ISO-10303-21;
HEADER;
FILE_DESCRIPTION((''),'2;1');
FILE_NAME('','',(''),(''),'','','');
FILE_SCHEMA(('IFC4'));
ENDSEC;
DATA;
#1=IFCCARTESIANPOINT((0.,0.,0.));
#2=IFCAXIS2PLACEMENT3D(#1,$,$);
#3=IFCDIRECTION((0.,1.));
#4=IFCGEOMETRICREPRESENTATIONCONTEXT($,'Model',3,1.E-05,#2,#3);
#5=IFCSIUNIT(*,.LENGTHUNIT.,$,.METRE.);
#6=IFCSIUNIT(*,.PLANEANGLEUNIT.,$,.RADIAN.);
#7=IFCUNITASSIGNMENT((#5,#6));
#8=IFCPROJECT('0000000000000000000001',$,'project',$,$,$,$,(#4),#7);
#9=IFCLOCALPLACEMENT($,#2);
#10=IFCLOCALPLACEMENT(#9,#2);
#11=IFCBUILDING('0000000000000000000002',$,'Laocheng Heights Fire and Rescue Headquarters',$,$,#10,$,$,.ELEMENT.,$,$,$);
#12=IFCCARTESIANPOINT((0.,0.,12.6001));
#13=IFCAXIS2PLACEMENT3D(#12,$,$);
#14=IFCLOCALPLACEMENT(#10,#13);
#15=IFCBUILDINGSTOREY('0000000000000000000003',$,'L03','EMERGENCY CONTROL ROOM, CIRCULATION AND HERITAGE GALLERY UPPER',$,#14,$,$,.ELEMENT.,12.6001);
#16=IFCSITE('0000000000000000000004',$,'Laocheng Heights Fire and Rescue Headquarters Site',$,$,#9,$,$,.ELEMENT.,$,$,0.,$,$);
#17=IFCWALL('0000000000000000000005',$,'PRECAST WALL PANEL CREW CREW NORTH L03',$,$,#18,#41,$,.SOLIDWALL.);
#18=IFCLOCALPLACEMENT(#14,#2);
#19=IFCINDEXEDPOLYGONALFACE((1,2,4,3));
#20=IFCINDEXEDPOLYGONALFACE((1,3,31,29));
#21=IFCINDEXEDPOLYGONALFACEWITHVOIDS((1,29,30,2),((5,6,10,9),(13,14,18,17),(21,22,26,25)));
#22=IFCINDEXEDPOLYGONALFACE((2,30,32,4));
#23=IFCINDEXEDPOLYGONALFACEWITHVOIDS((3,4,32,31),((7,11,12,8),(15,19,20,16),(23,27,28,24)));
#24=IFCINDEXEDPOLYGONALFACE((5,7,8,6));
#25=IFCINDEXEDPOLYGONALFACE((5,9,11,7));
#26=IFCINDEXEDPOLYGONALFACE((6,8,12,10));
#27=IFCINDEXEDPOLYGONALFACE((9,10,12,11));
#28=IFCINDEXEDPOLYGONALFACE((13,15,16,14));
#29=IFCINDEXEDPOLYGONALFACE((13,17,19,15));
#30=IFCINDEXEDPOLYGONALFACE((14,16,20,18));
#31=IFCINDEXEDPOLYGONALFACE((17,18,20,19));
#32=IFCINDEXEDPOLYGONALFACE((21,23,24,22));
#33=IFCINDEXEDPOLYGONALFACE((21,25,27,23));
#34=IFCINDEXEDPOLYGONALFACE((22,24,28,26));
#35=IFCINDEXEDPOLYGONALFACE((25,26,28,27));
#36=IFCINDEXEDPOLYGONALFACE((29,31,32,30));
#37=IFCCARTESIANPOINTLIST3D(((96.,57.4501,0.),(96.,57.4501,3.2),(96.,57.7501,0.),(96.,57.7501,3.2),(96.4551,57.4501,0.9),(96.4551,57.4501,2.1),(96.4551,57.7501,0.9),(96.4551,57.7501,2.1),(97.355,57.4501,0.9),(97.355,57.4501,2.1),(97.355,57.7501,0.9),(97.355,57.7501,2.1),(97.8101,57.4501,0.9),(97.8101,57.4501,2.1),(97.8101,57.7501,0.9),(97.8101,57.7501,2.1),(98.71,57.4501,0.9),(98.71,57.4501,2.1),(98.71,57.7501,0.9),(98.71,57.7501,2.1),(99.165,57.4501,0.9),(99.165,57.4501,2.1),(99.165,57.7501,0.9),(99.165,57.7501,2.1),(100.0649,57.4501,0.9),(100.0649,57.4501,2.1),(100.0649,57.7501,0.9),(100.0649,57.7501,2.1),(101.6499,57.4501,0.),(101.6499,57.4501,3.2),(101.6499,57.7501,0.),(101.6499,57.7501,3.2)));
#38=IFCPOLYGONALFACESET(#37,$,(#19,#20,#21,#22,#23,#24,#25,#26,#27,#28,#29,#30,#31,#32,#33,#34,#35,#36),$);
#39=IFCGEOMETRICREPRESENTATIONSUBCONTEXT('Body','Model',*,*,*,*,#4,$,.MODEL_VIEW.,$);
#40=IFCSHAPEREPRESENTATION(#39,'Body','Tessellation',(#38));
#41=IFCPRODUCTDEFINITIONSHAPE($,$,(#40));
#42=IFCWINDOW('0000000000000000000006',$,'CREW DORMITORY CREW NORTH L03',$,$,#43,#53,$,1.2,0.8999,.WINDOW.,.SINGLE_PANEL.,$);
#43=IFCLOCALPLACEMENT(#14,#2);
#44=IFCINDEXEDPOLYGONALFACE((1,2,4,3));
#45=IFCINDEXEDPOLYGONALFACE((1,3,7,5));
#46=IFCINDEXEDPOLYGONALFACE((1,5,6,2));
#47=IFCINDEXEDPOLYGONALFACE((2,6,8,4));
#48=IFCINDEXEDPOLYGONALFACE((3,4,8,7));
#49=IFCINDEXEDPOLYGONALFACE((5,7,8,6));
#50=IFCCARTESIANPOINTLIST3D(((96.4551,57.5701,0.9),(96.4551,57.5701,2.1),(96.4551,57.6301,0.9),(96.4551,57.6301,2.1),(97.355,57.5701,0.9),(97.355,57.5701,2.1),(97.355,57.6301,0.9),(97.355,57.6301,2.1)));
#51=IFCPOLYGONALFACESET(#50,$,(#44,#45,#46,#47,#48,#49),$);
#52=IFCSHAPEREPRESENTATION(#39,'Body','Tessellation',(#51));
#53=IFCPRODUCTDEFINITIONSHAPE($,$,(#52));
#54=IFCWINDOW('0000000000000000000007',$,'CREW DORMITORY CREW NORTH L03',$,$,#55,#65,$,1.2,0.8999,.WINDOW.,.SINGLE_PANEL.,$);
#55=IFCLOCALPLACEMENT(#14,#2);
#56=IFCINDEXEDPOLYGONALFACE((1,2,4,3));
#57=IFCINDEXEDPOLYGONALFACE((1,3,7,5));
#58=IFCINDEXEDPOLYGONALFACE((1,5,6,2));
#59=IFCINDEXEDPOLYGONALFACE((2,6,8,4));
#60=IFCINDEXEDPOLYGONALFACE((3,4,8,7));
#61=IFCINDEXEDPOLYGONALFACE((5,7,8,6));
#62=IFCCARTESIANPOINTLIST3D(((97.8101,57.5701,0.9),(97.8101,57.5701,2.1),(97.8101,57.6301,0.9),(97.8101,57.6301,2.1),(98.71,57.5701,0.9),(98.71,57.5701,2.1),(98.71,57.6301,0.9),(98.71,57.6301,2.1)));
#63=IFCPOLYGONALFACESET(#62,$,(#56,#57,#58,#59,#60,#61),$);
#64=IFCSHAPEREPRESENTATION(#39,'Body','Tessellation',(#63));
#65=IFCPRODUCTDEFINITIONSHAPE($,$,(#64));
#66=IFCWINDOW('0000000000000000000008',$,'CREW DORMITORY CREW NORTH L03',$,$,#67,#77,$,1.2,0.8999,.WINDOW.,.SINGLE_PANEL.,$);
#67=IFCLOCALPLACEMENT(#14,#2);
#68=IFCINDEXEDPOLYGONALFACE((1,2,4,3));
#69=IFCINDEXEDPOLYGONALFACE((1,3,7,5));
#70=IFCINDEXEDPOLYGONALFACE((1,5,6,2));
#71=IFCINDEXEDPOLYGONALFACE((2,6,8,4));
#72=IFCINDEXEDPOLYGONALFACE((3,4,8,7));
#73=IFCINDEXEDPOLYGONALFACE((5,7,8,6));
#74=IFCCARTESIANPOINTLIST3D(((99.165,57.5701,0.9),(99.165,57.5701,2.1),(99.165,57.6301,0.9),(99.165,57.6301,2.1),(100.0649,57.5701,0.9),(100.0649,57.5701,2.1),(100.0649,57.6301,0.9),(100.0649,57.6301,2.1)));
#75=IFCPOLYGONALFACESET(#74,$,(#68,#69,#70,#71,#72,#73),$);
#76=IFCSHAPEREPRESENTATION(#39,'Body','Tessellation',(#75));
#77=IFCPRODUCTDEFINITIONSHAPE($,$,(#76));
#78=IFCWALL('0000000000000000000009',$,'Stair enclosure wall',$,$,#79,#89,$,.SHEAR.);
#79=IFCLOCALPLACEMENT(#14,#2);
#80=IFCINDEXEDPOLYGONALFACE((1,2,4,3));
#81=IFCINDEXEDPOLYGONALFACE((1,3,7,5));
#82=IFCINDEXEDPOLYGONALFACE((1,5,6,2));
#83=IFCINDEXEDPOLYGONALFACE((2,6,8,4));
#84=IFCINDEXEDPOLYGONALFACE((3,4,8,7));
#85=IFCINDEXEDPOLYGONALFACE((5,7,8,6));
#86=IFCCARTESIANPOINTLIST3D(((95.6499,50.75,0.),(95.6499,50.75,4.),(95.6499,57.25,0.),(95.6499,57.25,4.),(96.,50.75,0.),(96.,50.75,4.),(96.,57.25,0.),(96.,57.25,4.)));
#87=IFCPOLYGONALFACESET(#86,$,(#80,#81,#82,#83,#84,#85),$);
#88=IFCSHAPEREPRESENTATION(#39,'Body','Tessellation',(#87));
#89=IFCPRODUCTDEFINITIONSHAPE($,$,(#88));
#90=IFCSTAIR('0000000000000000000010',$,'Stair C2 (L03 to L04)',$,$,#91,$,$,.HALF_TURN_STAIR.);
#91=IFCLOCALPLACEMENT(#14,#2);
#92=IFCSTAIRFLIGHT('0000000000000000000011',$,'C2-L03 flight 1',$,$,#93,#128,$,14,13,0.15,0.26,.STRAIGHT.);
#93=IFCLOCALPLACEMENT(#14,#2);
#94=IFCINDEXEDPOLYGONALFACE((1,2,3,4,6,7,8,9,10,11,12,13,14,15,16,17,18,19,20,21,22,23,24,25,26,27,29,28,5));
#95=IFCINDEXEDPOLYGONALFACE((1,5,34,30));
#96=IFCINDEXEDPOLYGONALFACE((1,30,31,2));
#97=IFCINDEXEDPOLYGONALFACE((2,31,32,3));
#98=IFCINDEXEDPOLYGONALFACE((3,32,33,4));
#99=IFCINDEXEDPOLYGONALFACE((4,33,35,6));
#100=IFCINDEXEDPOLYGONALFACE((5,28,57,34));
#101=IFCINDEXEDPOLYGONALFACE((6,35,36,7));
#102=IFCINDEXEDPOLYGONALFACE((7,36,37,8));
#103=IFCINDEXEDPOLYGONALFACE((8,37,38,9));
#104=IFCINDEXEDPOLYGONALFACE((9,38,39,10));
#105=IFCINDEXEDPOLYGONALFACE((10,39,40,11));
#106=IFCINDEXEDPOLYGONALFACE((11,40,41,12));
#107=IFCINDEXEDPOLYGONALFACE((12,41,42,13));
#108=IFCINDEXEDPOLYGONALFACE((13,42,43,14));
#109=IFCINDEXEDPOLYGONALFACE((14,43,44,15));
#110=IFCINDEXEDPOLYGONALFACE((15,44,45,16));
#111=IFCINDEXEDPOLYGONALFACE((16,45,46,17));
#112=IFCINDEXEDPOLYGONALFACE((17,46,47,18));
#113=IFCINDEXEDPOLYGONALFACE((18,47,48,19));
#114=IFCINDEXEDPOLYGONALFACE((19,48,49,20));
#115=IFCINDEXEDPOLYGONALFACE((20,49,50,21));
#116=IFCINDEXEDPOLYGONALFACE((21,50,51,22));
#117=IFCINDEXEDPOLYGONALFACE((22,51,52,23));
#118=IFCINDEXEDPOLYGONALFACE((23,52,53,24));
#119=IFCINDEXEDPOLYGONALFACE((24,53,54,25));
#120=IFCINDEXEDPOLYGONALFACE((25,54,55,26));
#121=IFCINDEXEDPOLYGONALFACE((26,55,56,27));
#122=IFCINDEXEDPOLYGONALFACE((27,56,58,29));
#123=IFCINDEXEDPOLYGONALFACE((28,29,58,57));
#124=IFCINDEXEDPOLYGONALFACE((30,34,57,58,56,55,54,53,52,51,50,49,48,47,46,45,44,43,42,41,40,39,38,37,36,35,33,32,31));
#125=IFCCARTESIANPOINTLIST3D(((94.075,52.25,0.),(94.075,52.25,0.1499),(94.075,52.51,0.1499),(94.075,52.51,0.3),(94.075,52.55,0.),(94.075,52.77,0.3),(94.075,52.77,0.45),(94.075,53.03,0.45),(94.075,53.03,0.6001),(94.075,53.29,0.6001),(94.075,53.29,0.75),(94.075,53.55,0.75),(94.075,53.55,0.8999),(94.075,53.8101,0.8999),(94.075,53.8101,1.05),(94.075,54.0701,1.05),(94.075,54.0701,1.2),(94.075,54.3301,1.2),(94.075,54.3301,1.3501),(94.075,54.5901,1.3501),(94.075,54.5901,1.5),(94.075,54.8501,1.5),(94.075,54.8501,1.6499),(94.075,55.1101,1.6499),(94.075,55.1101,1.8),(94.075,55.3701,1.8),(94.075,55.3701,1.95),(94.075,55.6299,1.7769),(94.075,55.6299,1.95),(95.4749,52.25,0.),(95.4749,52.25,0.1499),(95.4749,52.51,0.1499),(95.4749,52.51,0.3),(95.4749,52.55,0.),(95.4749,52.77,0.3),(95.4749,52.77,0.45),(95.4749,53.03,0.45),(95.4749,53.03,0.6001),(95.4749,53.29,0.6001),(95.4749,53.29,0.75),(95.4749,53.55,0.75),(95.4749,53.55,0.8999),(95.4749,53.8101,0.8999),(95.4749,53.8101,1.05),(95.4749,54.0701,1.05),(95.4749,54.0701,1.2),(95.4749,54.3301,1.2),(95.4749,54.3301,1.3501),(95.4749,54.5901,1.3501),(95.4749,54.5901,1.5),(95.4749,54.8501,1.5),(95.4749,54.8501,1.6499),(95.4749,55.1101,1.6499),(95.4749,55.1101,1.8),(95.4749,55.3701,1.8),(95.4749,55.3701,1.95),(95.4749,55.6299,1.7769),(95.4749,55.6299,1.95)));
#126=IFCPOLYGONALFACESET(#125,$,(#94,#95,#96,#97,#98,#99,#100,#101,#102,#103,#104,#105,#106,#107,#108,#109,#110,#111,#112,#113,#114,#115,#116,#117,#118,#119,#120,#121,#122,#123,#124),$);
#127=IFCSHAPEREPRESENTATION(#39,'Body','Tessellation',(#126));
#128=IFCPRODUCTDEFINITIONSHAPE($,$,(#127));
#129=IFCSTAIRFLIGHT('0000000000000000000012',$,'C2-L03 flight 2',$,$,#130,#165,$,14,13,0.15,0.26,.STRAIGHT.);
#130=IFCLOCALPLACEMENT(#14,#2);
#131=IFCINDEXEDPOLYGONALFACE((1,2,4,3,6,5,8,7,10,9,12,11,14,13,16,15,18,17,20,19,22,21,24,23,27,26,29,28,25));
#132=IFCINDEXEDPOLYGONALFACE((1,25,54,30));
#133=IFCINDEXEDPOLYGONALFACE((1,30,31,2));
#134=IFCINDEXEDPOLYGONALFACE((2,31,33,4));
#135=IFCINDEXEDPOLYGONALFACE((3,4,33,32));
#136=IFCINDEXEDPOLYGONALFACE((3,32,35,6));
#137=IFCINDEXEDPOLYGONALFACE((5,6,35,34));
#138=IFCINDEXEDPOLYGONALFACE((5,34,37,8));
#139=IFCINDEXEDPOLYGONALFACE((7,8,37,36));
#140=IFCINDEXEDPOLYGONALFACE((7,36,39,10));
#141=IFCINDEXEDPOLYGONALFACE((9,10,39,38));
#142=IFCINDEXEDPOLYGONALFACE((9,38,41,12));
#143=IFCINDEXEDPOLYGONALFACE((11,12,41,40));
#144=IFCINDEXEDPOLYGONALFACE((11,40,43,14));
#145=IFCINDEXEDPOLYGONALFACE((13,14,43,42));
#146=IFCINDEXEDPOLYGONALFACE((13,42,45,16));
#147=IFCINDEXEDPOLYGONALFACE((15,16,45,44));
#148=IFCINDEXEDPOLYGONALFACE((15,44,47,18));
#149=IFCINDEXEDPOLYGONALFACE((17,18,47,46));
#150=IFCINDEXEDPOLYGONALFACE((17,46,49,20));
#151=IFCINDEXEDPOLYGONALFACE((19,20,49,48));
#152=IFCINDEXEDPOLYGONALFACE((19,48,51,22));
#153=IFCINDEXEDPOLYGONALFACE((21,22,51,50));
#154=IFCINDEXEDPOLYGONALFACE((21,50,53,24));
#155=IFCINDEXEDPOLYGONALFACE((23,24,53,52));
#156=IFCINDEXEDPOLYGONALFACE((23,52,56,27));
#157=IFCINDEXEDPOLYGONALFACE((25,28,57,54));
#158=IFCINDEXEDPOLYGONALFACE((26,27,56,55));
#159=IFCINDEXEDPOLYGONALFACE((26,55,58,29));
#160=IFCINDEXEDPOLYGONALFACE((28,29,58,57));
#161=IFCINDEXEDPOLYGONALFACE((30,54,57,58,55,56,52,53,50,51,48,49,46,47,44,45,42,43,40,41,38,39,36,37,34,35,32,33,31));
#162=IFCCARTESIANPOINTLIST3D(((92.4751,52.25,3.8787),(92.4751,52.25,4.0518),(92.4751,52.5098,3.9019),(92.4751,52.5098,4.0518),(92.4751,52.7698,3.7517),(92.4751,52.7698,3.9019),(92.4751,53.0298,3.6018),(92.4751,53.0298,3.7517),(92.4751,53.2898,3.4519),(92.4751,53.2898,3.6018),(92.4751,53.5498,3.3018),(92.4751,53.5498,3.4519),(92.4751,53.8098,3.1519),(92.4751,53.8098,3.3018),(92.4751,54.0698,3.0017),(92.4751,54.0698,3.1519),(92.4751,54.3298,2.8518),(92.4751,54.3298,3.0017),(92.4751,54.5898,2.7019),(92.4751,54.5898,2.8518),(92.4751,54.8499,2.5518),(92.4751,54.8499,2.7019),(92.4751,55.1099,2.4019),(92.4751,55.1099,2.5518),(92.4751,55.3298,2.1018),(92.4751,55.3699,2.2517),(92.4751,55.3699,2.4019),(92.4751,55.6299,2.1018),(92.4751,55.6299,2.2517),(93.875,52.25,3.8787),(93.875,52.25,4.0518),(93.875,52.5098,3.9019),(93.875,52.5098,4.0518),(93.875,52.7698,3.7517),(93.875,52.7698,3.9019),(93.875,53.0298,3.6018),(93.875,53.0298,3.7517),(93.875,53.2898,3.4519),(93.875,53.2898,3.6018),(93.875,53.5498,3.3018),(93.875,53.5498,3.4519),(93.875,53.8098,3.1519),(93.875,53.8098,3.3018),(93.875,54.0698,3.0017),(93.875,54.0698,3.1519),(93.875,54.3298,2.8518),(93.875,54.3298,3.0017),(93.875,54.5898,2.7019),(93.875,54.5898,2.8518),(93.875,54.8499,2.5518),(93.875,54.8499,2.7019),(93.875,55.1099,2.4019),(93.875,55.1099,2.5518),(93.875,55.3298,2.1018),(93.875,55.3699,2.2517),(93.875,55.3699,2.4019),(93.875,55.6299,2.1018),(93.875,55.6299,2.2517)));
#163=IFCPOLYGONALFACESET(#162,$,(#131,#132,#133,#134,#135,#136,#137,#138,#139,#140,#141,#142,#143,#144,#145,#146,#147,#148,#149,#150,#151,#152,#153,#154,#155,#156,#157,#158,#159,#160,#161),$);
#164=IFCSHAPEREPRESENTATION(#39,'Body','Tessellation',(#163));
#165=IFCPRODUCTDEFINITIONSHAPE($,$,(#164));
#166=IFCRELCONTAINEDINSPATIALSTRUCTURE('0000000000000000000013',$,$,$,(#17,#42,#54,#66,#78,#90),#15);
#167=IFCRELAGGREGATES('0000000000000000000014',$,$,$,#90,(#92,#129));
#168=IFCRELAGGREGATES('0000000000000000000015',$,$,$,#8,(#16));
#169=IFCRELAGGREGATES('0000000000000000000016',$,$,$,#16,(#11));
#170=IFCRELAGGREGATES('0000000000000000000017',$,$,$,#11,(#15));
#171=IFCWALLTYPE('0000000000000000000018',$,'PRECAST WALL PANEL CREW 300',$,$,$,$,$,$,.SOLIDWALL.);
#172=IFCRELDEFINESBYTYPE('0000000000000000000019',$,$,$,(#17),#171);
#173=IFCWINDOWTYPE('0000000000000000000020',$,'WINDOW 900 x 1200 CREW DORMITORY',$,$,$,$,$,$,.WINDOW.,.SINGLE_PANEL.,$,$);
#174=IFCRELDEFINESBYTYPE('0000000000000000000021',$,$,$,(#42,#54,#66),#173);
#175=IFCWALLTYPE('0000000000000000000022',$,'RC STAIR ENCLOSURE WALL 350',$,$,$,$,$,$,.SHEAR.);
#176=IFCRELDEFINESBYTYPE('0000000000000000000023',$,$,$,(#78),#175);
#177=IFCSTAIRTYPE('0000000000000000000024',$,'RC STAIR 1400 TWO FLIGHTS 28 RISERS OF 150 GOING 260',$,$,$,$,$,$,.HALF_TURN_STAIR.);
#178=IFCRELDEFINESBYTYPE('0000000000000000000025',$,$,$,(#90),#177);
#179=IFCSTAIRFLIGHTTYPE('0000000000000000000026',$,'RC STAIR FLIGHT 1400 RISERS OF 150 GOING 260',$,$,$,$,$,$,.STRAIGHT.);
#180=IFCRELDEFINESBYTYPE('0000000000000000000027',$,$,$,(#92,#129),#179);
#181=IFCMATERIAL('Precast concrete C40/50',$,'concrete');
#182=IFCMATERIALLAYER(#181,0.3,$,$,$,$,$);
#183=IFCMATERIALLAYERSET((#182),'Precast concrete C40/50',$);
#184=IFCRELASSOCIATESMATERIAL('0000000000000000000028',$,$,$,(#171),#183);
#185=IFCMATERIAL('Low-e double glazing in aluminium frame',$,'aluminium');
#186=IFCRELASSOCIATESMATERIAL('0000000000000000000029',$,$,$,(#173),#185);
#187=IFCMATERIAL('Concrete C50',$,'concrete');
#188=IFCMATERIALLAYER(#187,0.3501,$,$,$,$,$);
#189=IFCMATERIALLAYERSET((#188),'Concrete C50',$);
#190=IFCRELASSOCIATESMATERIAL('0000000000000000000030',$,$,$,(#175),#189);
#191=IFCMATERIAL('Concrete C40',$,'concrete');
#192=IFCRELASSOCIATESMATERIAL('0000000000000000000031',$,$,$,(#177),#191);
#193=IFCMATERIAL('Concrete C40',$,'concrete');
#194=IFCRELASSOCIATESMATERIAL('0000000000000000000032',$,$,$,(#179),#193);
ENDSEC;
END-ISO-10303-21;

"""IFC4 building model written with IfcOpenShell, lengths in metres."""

from ifc_helpers import new_model, si_unit, direction, frame, frame_2d, origin, place, context, subcontext, project, spatial, polyline, rectangle, outline, extrude, material, layer, layer_set, type_object, element, fill, aggregate, save


model = new_model("IFC4")

# Units and contexts
model_context = context("Model", 3, precision=1e-05, world=origin(), true_north=direction((0.0, 1.0)))
body_context = subcontext(model_context, "Body", "Model", "MODEL_VIEW")
ifc_project = project(units=[si_unit("LENGTHUNIT", "METRE"), si_unit("PLANEANGLEUNIT", "RADIAN")], contexts=[model_context])

# Site, building, storey
site_placement = place(None, origin())
site = spatial("IfcSite", under=ifc_project, at=site_placement, Name="Laocheng Heights Fire and Rescue Headquarters Site", CompositionType="ELEMENT", RefElevation=0.0)
building_placement = place(site_placement, origin())
building = spatial("IfcBuilding", under=site, at=building_placement, Name="Laocheng Heights Fire and Rescue Headquarters", CompositionType="ELEMENT")
storey_placement = place(building_placement, frame((0.0, 0.0, 12.6001)))
storey = spatial("IfcBuildingStorey", under=building, at=storey_placement, Name="L03", Description="EMERGENCY CONTROL ROOM, CIRCULATION AND HERITAGE GALLERY UPPER", CompositionType="ELEMENT", Elevation=12.6001)

# Wall, openings, windows
ifc_material_1 = material(Name="Precast concrete C40/50", Category="concrete")
ifc_layer_1 = layer(ifc_material_1, 0.3)
ifc_layer_set_1 = layer_set([ifc_layer_1], Name="Precast concrete C40/50")
wall_type_1 = type_object("IfcWallType", Name="PRECAST WALL PANEL CREW 300", PredefinedType="SOLIDWALL", material=ifc_layer_set_1)
wall_1_placement = place(storey_placement, frame((96.0, 57.6001, 0.0), z_axis=(0.0, 0.0, 1.0), x_axis=(1.0, 0.0, 0.0)))
wall_1 = element("IfcWall", 1, at=wall_1_placement, inside=storey, type_object=wall_type_1, Name="PRECAST WALL PANEL CREW CREW NORTH L03", PredefinedType="SOLIDWALL", context=body_context, shape_type="SweptSolid", body=[
    extrude(rectangle(XDim=5.6499, YDim=0.3, at=frame_2d((2.825, 0.0))), origin(), (0.0, 0.0, 1.0), 3.2),
])
opening_1_placement = place(wall_1_placement, frame((0.4551, 0.0, 0.8999)))
opening_1 = element("IfcOpeningElement", 2, at=opening_1_placement, cuts=wall_1, PredefinedType="OPENING", context=body_context, shape_type="SweptSolid", body=[
    extrude(rectangle(XDim=0.8999, YDim=1.2, at=frame_2d((0.45, 0.6001))), frame((0.0, 0.1599, 0.0), z_axis=(0.0, -1.0, 0.0), x_axis=(1.0, 0.0, 0.0)), (0.0, 0.0, 1.0), 0.3201),
])
opening_2_placement = place(wall_1_placement, frame((1.8101, 0.0, 0.8999)))
opening_2 = element("IfcOpeningElement", 3, at=opening_2_placement, cuts=wall_1, PredefinedType="OPENING", context=body_context, shape_type="SweptSolid", body=[
    extrude(rectangle(XDim=0.8999, YDim=1.2, at=frame_2d((0.45, 0.6001))), frame((0.0, 0.1599, 0.0), z_axis=(0.0, -1.0, 0.0), x_axis=(1.0, 0.0, 0.0)), (0.0, 0.0, 1.0), 0.3201),
])
opening_3_placement = place(wall_1_placement, frame((3.165, 0.0, 0.8999)))
opening_3 = element("IfcOpeningElement", 4, at=opening_3_placement, cuts=wall_1, PredefinedType="OPENING", context=body_context, shape_type="SweptSolid", body=[
    extrude(rectangle(XDim=0.8999, YDim=1.2, at=frame_2d((0.45, 0.6001))), frame((0.0, 0.1599, 0.0), z_axis=(0.0, -1.0, 0.0), x_axis=(1.0, 0.0, 0.0)), (0.0, 0.0, 1.0), 0.3201),
])
ifc_material_2 = material(Name="Low-e double glazing in aluminium frame", Category="aluminium")
window_type = type_object("IfcWindowType", Name="WINDOW 900 x 1200 CREW DORMITORY", PartitioningType="SINGLE_PANEL", PredefinedType="WINDOW", material=ifc_material_2)
window_1_placement = place(opening_1_placement, origin())
window_1 = element("IfcWindow", 5, at=window_1_placement, inside=storey, type_object=window_type, Name="CREW DORMITORY CREW NORTH L03", OverallHeight=1.2, OverallWidth=0.8999, PartitioningType="SINGLE_PANEL", PredefinedType="WINDOW", context=body_context, shape_type="SweptSolid", body=[
    extrude(rectangle(XDim=0.8999, YDim=1.2, at=frame_2d((0.45, 0.6001))), frame((0.0, 0.03, 0.0), z_axis=(0.0, -1.0, 0.0), x_axis=(1.0, 0.0, 0.0)), (0.0, 0.0, 1.0), 0.0601),
])
fill(opening_1, window_1)
window_2_placement = place(opening_2_placement, origin())
window_2 = element("IfcWindow", 6, at=window_2_placement, inside=storey, type_object=window_type, Name="CREW DORMITORY CREW NORTH L03", OverallHeight=1.2, OverallWidth=0.8999, PartitioningType="SINGLE_PANEL", PredefinedType="WINDOW", context=body_context, shape_type="SweptSolid", body=[
    extrude(rectangle(XDim=0.8999, YDim=1.2, at=frame_2d((0.45, 0.6001))), frame((0.0, 0.03, 0.0), z_axis=(0.0, -1.0, 0.0), x_axis=(1.0, 0.0, 0.0)), (0.0, 0.0, 1.0), 0.0601),
])
fill(opening_2, window_2)
window_3_placement = place(opening_3_placement, origin())
window_3 = element("IfcWindow", 7, at=window_3_placement, inside=storey, type_object=window_type, Name="CREW DORMITORY CREW NORTH L03", OverallHeight=1.2, OverallWidth=0.8999, PartitioningType="SINGLE_PANEL", PredefinedType="WINDOW", context=body_context, shape_type="SweptSolid", body=[
    extrude(rectangle(XDim=0.8999, YDim=1.2, at=frame_2d((0.45, 0.6001))), frame((0.0, 0.03, 0.0), z_axis=(0.0, -1.0, 0.0), x_axis=(1.0, 0.0, 0.0)), (0.0, 0.0, 1.0), 0.0601),
])
fill(opening_3, window_3)

# Wall
ifc_material_3 = material(Name="Concrete C50", Category="concrete")
ifc_layer_2 = layer(ifc_material_3, 0.3501)
ifc_layer_set_2 = layer_set([ifc_layer_2], Name="Concrete C50")
wall_type_2 = type_object("IfcWallType", Name="RC STAIR ENCLOSURE WALL 350", PredefinedType="SHEAR", material=ifc_layer_set_2)
wall_2_placement = place(storey_placement, frame((95.825, 50.75, 0.0), z_axis=(0.0, 0.0, 1.0), x_axis=(0.0, 1.0, 0.0)))
element("IfcWall", 8, at=wall_2_placement, inside=storey, type_object=wall_type_2, Name="Stair enclosure wall", PredefinedType="SHEAR", context=body_context, shape_type="SweptSolid", body=[
    extrude(rectangle(XDim=6.5, YDim=0.3501, at=frame_2d((3.25, 0.0))), origin(), (0.0, 0.0, 1.0), 4.0),
])

# Stair, stair flights
ifc_material_4 = material(Name="Concrete C40", Category="concrete")
stair_type = type_object("IfcStairType", Name="RC STAIR 1400 TWO FLIGHTS 28 RISERS OF 150 GOING 260", PredefinedType="HALF_TURN_STAIR", material=ifc_material_4)
stair_placement = place(storey_placement, origin())
stair = element("IfcStair", 9, at=stair_placement, inside=storey, type_object=stair_type, Name="Stair C2 (L03 to L04)", PredefinedType="HALF_TURN_STAIR")
ifc_material_5 = material(Name="Concrete C40", Category="concrete")
stair_flight_type = type_object("IfcStairFlightType", Name="RC STAIR FLIGHT 1400 RISERS OF 150 GOING 260", PredefinedType="STRAIGHT", material=ifc_material_5)
stair_flight_1_placement = place(storey_placement, frame((94.7749, 52.25, 0.0), z_axis=(0.0, 0.0, 1.0), x_axis=(0.0, 1.0, 0.0)))
stair_flight_1 = element("IfcStairFlight", 10, at=stair_flight_1_placement, type_object=stair_flight_type, Name="C2-L03 flight 1", NumberOfRisers=14, NumberOfTreads=13, PredefinedType="STRAIGHT", RiserHeight=0.15, TreadLength=0.26, context=body_context, shape_type="SweptSolid", body=[
    extrude(outline(polyline([(0.0, 0.0), (0.0, 0.1499), (0.26, 0.1499), (0.26, 0.3), (0.52, 0.3), (0.52, 0.45), (0.78, 0.45), (0.78, 0.6001), (1.04, 0.6001), (1.04, 0.75), (1.3, 0.75), (1.3, 0.8999), (1.5601, 0.8999), (1.5601, 1.05), (1.8201, 1.05), (1.8201, 1.2), (2.0801, 1.2), (2.0801, 1.3501), (2.3401, 1.3501), (2.3401, 1.5), (2.6001, 1.5), (2.6001, 1.6499), (2.8601, 1.6499), (2.8601, 1.8), (3.1201, 1.8), (3.1201, 1.95), (3.3799, 1.95), (3.3799, 2.1001), (3.3799, 1.7769), (0.3, 0.0), (0.0, 0.0)])), frame((0.0, 0.7, 0.0), z_axis=(0.0, -1.0, 0.0), x_axis=(1.0, 0.0, 0.0)), (0.0, 0.0, 1.0), 1.3999),
])
stair_flight_2_placement = place(storey_placement, frame((93.175, 55.6299, 2.1018), z_axis=(0.0, 0.0, 1.0), x_axis=(0.0, -1.0, 0.0)))
stair_flight_2 = element("IfcStairFlight", 11, at=stair_flight_2_placement, type_object=stair_flight_type, Name="C2-L03 flight 2", NumberOfRisers=14, NumberOfTreads=13, PredefinedType="STRAIGHT", RiserHeight=0.15, TreadLength=0.26, context=body_context, shape_type="SweptSolid", body=[
    extrude(outline(polyline([(0.0, 0.0), (0.0, 0.1499), (0.26, 0.1499), (0.26, 0.3), (0.52, 0.3), (0.52, 0.45), (0.78, 0.45), (0.78, 0.6001), (1.04, 0.6001), (1.04, 0.75), (1.3, 0.75), (1.3, 0.8999), (1.5601, 0.8999), (1.5601, 1.05), (1.8201, 1.05), (1.8201, 1.2), (2.0801, 1.2), (2.0801, 1.3501), (2.3401, 1.3501), (2.3401, 1.5), (2.6001, 1.5), (2.6001, 1.6499), (2.8601, 1.6499), (2.8601, 1.8), (3.1201, 1.8), (3.1201, 1.95), (3.3799, 1.95), (3.3799, 2.1001), (3.3799, 1.7769), (0.3, 0.0), (0.0, 0.0)])), frame((0.0, 0.7, 0.0), z_axis=(0.0, -1.0, 0.0), x_axis=(1.0, 0.0, 0.0)), (0.0, 0.0, 1.0), 1.3999),
])
aggregate(stair, [stair_flight_1, stair_flight_2])

save(model, "model.ifc")
